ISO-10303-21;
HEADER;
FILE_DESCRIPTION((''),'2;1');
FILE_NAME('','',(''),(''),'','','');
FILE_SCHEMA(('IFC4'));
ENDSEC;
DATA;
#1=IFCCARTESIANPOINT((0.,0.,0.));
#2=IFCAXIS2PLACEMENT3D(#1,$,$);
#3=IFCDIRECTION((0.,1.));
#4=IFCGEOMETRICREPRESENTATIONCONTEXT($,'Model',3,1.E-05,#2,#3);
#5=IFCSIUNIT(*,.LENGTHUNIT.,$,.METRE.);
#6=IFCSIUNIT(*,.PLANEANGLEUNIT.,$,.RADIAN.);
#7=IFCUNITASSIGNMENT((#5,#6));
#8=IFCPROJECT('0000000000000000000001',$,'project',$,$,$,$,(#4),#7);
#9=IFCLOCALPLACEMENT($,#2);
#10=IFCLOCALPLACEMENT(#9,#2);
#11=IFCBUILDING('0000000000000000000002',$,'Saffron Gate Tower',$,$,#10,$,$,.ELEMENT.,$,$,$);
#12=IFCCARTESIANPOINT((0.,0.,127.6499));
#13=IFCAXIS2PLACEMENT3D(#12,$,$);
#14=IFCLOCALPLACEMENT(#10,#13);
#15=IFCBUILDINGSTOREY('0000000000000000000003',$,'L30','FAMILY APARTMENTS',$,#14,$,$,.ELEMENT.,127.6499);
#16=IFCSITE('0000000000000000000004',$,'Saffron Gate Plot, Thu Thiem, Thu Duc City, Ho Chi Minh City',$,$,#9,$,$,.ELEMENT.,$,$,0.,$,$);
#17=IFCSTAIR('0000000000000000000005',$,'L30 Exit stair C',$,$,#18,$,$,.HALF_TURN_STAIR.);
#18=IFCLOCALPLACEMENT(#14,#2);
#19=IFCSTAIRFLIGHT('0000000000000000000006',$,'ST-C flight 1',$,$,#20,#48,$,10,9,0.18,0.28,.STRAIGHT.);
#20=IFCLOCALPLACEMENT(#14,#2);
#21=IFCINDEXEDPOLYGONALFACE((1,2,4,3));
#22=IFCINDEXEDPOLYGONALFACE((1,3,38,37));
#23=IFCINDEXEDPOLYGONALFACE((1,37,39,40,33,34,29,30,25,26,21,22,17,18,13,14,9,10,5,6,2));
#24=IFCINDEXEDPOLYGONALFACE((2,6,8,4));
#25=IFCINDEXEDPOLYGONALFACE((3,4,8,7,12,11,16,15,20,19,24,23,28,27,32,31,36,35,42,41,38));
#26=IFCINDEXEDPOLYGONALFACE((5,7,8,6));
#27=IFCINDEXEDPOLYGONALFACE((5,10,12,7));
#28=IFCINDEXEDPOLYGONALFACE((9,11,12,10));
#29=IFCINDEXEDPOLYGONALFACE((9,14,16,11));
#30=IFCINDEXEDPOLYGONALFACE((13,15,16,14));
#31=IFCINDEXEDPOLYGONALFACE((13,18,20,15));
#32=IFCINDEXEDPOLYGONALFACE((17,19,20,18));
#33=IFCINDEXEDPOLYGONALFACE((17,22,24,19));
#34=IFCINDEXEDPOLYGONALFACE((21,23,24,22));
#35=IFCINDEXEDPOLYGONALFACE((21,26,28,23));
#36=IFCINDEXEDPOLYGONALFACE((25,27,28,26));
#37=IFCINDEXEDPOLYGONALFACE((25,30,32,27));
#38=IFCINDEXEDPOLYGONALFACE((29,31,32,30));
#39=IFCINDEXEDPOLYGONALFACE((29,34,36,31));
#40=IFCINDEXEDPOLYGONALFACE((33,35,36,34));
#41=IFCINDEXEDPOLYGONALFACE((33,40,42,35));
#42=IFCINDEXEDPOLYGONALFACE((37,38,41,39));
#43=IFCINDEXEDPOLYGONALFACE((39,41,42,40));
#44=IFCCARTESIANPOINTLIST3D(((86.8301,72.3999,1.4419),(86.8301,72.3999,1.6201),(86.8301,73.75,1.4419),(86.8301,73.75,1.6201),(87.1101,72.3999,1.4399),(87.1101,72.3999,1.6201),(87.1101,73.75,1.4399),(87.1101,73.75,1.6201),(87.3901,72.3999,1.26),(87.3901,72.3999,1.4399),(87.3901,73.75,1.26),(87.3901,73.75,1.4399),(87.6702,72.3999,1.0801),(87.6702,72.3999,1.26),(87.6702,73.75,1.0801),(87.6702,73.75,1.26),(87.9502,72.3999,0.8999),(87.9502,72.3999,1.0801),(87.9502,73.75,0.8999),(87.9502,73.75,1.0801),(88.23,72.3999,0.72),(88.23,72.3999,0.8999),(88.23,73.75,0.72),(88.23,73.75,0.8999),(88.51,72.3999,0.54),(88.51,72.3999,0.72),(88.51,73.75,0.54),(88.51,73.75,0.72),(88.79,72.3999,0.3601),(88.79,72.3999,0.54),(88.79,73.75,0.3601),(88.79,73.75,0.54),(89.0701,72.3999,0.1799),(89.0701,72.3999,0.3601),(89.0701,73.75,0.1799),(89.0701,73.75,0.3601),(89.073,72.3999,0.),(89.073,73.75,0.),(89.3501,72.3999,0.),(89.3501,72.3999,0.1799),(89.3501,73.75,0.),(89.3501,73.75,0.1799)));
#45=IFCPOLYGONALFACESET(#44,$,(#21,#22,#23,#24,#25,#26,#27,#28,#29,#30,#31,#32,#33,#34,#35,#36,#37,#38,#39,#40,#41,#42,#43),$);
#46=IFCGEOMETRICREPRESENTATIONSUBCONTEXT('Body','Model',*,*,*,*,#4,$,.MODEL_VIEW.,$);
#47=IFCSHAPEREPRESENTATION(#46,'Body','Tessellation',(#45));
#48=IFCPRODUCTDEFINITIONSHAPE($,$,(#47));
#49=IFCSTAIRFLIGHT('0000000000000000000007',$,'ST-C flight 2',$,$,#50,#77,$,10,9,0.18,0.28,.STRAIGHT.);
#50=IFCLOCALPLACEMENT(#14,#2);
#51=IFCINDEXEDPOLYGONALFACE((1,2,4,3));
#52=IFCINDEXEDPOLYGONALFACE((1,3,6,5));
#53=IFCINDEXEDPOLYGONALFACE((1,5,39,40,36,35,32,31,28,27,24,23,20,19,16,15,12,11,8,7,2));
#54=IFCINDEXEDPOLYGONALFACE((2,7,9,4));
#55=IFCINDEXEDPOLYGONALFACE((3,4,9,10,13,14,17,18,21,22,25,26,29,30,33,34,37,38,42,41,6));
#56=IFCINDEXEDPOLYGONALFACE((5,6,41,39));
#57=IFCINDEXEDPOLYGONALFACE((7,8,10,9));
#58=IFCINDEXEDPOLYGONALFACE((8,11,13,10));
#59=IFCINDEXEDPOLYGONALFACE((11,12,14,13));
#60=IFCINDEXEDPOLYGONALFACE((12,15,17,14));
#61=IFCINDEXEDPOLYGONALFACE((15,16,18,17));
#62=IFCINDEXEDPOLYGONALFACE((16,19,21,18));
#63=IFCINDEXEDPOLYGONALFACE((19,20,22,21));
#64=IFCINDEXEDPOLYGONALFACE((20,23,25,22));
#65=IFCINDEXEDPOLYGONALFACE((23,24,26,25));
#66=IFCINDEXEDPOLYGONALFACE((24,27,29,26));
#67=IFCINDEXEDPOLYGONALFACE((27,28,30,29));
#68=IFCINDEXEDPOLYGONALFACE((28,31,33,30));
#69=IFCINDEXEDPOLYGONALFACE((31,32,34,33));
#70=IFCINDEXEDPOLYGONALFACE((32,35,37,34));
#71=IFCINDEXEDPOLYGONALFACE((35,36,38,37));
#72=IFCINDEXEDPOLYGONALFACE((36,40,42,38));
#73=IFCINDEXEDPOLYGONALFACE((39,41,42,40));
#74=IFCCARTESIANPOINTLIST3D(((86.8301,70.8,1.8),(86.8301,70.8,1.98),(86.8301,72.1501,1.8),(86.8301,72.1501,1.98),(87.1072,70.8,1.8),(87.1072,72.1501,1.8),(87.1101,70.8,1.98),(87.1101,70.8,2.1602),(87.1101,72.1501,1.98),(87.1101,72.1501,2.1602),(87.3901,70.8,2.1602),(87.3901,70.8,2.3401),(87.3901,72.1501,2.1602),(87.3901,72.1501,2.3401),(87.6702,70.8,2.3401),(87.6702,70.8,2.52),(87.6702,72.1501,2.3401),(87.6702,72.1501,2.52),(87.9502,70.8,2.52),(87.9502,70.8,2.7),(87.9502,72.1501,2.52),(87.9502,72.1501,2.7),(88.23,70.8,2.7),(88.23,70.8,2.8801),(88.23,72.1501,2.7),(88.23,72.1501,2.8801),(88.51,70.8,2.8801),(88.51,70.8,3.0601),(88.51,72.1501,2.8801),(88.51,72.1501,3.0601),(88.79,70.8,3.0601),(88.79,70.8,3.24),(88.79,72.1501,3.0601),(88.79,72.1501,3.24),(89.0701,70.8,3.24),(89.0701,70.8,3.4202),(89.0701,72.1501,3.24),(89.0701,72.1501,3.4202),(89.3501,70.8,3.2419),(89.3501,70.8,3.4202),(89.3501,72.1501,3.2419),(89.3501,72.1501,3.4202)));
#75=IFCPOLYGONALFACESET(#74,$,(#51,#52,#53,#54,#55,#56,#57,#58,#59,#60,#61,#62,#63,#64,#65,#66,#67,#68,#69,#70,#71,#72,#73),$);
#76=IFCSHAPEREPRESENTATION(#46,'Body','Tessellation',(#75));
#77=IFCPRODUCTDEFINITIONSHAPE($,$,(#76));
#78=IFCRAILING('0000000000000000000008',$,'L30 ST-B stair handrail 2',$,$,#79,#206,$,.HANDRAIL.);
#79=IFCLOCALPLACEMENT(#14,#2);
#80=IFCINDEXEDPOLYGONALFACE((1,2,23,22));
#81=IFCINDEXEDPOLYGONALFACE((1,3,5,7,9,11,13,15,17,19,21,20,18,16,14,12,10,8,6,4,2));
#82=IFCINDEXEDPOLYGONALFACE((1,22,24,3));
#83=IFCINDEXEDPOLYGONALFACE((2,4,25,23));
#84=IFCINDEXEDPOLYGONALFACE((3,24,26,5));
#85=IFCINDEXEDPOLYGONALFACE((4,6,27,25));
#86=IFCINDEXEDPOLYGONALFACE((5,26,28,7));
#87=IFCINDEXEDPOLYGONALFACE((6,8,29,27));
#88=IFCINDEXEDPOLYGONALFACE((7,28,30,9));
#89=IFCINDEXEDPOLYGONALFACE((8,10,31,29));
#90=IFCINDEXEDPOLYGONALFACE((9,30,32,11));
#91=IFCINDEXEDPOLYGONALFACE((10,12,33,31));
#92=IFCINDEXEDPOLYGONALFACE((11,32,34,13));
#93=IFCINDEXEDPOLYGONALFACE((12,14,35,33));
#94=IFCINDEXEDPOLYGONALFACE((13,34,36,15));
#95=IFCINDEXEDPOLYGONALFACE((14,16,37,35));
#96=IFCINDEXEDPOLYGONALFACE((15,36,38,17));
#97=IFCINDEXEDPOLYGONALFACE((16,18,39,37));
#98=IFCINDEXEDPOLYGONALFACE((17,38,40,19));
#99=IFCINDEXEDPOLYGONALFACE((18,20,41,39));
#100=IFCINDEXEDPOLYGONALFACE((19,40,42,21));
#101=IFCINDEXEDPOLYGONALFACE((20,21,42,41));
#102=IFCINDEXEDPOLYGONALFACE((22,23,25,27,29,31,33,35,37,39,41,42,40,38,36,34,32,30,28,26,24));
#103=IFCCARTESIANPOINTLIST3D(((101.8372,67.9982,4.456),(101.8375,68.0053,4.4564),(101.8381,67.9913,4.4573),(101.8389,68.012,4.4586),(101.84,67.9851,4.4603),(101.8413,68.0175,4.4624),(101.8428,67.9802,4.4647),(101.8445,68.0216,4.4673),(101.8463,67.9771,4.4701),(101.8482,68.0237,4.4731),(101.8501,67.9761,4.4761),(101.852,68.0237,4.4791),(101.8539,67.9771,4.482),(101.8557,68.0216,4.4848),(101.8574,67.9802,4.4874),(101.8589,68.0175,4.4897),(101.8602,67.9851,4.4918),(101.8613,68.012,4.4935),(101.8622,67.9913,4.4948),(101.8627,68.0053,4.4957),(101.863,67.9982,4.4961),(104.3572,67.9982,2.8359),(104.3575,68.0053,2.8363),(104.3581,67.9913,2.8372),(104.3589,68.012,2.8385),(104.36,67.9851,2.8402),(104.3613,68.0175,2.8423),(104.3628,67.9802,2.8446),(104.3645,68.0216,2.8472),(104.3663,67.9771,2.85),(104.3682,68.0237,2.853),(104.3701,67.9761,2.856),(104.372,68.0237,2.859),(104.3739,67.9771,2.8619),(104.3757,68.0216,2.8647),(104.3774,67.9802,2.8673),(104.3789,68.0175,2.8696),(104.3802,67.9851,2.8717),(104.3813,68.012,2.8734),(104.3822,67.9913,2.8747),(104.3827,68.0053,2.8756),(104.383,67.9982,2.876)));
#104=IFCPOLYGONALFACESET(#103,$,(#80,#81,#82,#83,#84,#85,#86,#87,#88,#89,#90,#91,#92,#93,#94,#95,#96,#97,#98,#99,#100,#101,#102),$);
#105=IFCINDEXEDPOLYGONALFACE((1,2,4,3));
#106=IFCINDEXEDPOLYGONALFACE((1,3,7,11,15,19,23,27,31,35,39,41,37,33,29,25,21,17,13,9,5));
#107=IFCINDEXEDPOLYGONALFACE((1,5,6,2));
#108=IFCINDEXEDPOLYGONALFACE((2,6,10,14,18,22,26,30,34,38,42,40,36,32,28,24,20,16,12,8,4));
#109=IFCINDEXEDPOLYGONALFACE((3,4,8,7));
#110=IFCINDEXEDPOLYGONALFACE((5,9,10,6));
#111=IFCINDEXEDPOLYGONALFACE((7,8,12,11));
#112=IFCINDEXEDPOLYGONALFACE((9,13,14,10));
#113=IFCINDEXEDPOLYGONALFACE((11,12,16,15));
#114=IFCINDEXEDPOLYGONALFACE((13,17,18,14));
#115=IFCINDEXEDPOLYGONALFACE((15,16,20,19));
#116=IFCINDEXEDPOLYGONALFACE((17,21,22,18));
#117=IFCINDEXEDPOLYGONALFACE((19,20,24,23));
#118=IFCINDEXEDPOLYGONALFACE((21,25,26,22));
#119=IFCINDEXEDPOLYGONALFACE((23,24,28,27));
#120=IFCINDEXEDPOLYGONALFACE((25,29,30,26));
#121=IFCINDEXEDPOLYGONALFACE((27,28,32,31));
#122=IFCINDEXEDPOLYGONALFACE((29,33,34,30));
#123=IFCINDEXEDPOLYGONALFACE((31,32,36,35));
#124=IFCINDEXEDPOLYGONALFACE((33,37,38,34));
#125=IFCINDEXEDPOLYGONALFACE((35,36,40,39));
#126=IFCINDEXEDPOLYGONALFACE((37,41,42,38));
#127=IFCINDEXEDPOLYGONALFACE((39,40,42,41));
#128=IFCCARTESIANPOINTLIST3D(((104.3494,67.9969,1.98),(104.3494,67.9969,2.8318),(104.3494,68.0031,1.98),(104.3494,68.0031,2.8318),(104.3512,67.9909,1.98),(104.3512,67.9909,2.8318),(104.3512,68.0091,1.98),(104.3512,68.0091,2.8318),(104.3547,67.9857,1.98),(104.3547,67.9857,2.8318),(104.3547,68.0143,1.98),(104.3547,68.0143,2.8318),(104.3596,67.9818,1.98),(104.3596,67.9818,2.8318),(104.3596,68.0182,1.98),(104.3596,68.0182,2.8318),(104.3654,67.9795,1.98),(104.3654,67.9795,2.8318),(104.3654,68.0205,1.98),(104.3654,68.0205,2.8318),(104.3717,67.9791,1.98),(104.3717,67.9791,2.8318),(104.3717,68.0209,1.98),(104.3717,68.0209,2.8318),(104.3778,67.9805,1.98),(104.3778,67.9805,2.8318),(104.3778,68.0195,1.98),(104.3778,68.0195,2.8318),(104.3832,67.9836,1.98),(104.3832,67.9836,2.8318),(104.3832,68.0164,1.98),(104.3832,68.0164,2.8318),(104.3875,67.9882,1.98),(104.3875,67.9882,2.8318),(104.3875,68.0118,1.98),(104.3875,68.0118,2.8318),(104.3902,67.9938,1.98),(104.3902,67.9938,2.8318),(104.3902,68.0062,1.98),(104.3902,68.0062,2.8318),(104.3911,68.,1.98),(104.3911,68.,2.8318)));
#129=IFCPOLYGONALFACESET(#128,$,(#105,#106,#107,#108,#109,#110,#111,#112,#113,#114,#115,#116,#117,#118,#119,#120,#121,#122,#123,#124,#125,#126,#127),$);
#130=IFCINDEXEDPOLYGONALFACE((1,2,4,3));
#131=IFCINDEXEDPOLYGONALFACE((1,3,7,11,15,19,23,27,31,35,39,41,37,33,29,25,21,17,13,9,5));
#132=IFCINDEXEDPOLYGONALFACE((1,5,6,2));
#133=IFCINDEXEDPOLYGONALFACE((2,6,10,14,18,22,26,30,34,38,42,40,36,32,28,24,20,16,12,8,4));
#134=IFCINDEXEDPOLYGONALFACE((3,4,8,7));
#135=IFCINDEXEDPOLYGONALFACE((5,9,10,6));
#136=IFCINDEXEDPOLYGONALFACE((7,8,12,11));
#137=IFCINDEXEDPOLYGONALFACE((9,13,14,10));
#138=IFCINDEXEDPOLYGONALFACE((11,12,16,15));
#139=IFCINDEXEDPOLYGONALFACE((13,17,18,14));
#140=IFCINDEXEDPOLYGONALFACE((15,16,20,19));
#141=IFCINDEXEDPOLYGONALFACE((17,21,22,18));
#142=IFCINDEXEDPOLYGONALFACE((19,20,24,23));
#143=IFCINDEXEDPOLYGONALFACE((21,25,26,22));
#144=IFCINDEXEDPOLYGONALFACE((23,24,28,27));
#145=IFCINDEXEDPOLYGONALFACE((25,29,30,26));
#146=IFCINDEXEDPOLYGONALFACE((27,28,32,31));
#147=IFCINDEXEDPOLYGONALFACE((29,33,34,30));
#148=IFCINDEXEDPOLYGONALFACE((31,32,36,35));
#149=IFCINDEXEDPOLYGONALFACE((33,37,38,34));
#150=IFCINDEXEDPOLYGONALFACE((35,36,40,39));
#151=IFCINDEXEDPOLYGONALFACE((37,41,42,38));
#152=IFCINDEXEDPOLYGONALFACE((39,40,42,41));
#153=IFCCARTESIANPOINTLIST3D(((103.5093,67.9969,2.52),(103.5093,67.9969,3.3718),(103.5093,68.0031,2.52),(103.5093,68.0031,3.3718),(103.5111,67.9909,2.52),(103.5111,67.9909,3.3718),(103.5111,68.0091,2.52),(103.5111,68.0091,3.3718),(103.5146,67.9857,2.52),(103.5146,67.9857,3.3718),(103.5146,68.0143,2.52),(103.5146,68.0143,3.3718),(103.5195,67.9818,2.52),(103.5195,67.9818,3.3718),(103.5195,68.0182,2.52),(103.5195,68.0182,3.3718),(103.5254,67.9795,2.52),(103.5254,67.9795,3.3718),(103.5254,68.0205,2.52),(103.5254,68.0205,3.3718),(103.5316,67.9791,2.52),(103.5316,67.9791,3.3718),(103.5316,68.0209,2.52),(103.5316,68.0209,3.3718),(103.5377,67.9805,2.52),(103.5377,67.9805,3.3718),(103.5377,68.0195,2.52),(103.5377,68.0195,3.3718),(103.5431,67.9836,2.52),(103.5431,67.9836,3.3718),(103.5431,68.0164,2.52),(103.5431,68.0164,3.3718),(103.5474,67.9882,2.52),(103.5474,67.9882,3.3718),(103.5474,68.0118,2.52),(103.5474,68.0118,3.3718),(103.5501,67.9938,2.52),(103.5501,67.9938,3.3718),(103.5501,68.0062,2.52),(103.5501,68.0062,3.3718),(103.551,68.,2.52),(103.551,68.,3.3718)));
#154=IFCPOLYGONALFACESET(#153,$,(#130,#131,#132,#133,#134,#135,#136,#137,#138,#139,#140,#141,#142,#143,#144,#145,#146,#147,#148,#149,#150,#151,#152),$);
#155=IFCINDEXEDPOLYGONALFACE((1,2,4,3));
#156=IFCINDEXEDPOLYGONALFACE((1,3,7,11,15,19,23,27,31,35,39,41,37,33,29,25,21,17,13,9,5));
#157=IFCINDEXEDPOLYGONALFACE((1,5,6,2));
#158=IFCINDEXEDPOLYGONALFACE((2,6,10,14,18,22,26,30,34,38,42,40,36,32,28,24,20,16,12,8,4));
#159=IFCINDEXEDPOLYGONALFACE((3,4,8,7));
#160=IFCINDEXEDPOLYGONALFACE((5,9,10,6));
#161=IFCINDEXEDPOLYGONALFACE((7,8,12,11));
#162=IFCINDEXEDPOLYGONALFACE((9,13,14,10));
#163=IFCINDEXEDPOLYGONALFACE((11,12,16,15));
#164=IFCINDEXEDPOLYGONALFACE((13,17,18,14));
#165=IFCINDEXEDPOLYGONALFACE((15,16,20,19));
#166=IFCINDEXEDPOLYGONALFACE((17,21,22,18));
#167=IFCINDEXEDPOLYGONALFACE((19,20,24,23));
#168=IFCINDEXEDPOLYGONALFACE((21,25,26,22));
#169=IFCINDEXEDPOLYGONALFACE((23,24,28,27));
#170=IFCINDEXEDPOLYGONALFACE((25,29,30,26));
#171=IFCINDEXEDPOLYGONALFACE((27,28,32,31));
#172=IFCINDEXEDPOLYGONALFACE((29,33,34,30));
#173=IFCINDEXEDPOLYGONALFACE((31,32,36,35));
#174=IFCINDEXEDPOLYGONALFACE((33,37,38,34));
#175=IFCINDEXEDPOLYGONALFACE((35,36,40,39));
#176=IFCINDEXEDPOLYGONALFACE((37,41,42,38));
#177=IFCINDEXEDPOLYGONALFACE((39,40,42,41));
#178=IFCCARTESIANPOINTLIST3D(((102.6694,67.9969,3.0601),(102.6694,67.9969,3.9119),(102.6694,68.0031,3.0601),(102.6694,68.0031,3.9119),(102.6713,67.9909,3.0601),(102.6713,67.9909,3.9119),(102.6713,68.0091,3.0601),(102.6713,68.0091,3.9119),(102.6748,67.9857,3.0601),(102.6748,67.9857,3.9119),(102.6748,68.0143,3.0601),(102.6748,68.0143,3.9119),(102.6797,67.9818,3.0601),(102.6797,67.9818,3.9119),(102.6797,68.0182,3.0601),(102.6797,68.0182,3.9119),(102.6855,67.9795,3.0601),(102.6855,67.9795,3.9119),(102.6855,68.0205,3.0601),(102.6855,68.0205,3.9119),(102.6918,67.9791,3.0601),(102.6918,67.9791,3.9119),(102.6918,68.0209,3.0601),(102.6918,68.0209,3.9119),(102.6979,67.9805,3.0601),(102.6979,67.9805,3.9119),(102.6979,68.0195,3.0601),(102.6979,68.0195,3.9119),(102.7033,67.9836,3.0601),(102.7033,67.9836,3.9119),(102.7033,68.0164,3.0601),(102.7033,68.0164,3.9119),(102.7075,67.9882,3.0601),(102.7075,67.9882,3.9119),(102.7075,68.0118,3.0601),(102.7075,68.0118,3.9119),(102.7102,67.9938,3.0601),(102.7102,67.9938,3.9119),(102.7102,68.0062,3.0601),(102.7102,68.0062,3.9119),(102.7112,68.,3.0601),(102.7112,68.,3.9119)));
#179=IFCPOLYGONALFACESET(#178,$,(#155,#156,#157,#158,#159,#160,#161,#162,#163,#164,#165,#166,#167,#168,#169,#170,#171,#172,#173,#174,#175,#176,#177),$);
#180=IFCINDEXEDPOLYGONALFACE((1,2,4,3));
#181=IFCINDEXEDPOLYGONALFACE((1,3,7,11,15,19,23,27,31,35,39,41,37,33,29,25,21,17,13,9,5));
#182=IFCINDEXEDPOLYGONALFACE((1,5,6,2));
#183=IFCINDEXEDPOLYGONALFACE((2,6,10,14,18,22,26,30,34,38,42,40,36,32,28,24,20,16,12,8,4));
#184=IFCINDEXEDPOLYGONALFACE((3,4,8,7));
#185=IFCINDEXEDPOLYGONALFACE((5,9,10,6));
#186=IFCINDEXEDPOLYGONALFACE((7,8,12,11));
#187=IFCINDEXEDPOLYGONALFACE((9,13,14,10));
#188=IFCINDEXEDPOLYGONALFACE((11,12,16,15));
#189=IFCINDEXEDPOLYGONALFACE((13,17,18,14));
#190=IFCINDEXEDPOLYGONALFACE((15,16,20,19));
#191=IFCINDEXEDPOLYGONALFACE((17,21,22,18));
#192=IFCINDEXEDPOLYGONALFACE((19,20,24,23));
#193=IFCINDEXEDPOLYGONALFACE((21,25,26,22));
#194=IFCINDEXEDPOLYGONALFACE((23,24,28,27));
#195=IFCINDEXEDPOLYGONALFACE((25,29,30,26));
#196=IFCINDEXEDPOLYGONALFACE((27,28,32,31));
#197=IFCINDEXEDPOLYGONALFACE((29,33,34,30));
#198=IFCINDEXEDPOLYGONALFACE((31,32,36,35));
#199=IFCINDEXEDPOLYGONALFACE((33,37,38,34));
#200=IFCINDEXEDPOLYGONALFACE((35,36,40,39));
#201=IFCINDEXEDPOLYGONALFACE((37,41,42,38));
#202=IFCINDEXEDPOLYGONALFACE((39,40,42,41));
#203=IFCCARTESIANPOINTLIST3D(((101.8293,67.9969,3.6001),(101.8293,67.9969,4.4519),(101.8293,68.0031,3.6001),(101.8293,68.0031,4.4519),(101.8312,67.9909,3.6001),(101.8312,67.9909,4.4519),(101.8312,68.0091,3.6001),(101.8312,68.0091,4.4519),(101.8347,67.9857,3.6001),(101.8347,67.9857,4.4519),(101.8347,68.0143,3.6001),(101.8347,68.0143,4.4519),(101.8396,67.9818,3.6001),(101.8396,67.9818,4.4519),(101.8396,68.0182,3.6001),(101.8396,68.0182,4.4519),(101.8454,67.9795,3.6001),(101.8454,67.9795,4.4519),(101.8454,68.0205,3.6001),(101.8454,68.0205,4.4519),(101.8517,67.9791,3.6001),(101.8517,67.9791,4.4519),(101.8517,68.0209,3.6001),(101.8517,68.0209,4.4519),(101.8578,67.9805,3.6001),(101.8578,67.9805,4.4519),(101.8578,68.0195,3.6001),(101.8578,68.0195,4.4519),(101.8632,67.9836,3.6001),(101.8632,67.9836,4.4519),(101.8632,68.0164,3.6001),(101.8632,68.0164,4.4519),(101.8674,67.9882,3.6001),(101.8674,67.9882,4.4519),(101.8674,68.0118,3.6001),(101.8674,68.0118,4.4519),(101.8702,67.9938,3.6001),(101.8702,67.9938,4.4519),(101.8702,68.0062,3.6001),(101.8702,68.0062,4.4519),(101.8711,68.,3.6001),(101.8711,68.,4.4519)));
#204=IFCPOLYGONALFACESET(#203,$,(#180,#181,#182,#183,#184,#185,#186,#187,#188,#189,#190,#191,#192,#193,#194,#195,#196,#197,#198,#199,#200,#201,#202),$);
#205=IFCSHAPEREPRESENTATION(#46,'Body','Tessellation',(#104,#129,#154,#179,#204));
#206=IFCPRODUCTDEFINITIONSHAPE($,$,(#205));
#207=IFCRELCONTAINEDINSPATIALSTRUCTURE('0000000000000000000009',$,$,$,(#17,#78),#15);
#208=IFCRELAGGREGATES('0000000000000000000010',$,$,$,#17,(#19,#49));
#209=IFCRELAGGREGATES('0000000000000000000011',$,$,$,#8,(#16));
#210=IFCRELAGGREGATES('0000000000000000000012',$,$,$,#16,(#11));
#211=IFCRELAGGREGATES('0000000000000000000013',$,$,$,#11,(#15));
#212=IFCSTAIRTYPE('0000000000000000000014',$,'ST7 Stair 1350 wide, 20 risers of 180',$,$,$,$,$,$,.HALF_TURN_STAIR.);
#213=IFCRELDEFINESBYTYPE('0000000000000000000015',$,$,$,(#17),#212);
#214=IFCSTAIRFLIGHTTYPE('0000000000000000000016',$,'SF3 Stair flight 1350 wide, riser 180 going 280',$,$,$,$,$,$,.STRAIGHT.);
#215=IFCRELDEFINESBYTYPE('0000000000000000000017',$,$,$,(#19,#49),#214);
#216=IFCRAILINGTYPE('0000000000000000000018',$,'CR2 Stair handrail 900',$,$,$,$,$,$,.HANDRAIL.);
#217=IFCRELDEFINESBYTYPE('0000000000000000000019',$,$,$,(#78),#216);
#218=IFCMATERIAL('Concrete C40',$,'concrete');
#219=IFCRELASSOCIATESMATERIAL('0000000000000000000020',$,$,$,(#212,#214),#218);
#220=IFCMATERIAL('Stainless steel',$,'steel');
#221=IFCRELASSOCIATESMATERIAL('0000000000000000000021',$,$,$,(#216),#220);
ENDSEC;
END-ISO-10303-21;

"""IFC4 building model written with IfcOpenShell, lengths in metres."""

from ifc_helpers import new_model, si_unit, direction, frame, origin, origin_2d, place, context, subcontext, project, spatial, polyline, circle, outline, extrude, material, type_object, element, aggregate, save


model = new_model("IFC4")

# Units and contexts
model_context = context("Model", 3, precision=1e-05, world=origin(), true_north=direction((0.0, 1.0)))
body_context = subcontext(model_context, "Body", "Model", "MODEL_VIEW")
ifc_project = project(units=[si_unit("LENGTHUNIT", "METRE"), si_unit("PLANEANGLEUNIT", "RADIAN")], contexts=[model_context])

# Site, building, storey
site_placement = place(None, origin())
site = spatial("IfcSite", under=ifc_project, at=site_placement, Name="Saffron Gate Plot, Thu Thiem, Thu Duc City, Ho Chi Minh City", CompositionType="ELEMENT", RefElevation=0.0)
building_placement = place(site_placement, origin())
building = spatial("IfcBuilding", under=site, at=building_placement, Name="Saffron Gate Tower", CompositionType="ELEMENT")
storey_placement = place(building_placement, frame((0.0, 0.0, 127.6499)))
storey = spatial("IfcBuildingStorey", under=building, at=storey_placement, Name="L30", Description="FAMILY APARTMENTS", CompositionType="ELEMENT", Elevation=127.6499)

# Shared definitions
ifc_material_1 = material(Name="Concrete C40", Category="concrete")
stair_type = type_object("IfcStairType", Name="ST7 Stair 1350 wide, 20 risers of 180", PredefinedType="HALF_TURN_STAIR", material=ifc_material_1)
stair_flight_type = type_object("IfcStairFlightType", Name="SF3 Stair flight 1350 wide, riser 180 going 280", PredefinedType="STRAIGHT", material=ifc_material_1)

# Stair, stair flights
stair_1_placement = place(storey_placement, origin())
stair_1 = element("IfcStair", 1, at=stair_1_placement, inside=storey, type_object=stair_type, Name="L30 Exit stair C", PredefinedType="HALF_TURN_STAIR")
stair_flight_1_placement = place(storey_placement, frame((89.3501, 73.075, 0.0), z_axis=(0.0, 0.0, 1.0), x_axis=(-1.0, 0.0, 0.0)))
stair_flight_1 = element("IfcStairFlight", 2, at=stair_flight_1_placement, type_object=stair_flight_type, Name="ST-C flight 1", NumberOfRisers=10, NumberOfTreads=9, PredefinedType="STRAIGHT", RiserHeight=0.18, TreadLength=0.28, context=body_context, shape_type="SweptSolid", body=[
    extrude(outline(polyline([(0.0, 0.0), (0.0, 0.1799), (0.28, 0.1799), (0.28, 0.3601), (0.5601, 0.3601), (0.5601, 0.54), (0.8401, 0.54), (0.8401, 0.72), (1.1201, 0.72), (1.1201, 0.8999), (1.3999, 0.8999), (1.3999, 1.0801), (1.6799, 1.0801), (1.6799, 1.26), (1.96, 1.26), (1.96, 1.4399), (2.24, 1.4399), (2.24, 1.6201), (2.52, 1.6201), (2.52, 1.8), (2.52, 1.4419), (0.2771, 0.0), (0.0, 0.0)])), frame((0.0, 0.675, 0.0), z_axis=(0.0, -1.0, 0.0), x_axis=(1.0, 0.0, 0.0)), (0.0, 0.0, 1.0), 1.3501),
])
stair_flight_2_placement = place(storey_placement, frame((86.8301, 71.4751, 1.8), z_axis=(0.0, 0.0, 1.0), x_axis=(1.0, 0.0, 0.0)))
stair_flight_2 = element("IfcStairFlight", 3, at=stair_flight_2_placement, type_object=stair_flight_type, Name="ST-C flight 2", NumberOfRisers=10, NumberOfTreads=9, PredefinedType="STRAIGHT", RiserHeight=0.18, TreadLength=0.28, context=body_context, shape_type="SweptSolid", body=[
    extrude(outline(polyline([(0.0, 0.0), (0.0, 0.1799), (0.28, 0.1799), (0.28, 0.3601), (0.5601, 0.3601), (0.5601, 0.54), (0.8401, 0.54), (0.8401, 0.72), (1.1201, 0.72), (1.1201, 0.8999), (1.3999, 0.8999), (1.3999, 1.0801), (1.6799, 1.0801), (1.6799, 1.26), (1.96, 1.26), (1.96, 1.4399), (2.24, 1.4399), (2.24, 1.6201), (2.52, 1.6201), (2.52, 1.8), (2.52, 1.4419), (0.2771, 0.0), (0.0, 0.0)])), frame((0.0, 0.675, 0.0), z_axis=(0.0, -1.0, 0.0), x_axis=(1.0, 0.0, 0.0)), (0.0, 0.0, 1.0), 1.3501),
])
aggregate(stair_1, [stair_flight_1, stair_flight_2])

# Railing
ifc_material_2 = material(Name="Stainless steel", Category="steel")
railing_type_1 = type_object("IfcRailingType", Name="CR2 Stair handrail 900", PredefinedType="HANDRAIL", material=ifc_material_2)
railing_1_placement = place(storey_placement, frame((104.3701, 68.0, 1.98)))
element("IfcRailing", 4, at=railing_1_placement, inside=storey, type_object=railing_type_1, Name="L30 ST-B stair handrail 2", PredefinedType="HANDRAIL", context=body_context, shape_type="SweptSolid", body=[
    extrude(circle(Radius=0.0239, at=origin_2d()), frame((0.0, 0.0, 0.876), z_axis=(-0.841163, 0.0, 0.540782), x_axis=(0.0, -1.0, 0.0)), (0.0, 0.0, 1.0), 2.9958),
    extrude(circle(Radius=0.021, at=origin_2d()), origin(), (0.0, 0.0, 1.0), 0.8518),
    extrude(circle(Radius=0.021, at=origin_2d()), frame((-0.8401, 0.0, 0.54)), (0.0, 0.0, 1.0), 0.8518),
    extrude(circle(Radius=0.021, at=origin_2d()), frame((-1.6799, 0.0, 1.0801)), (0.0, 0.0, 1.0), 0.8518),
    extrude(circle(Radius=0.021, at=origin_2d()), frame((-2.52, 0.0, 1.6201)), (0.0, 0.0, 1.0), 0.8518),
])

save(model, "model.ifc")
